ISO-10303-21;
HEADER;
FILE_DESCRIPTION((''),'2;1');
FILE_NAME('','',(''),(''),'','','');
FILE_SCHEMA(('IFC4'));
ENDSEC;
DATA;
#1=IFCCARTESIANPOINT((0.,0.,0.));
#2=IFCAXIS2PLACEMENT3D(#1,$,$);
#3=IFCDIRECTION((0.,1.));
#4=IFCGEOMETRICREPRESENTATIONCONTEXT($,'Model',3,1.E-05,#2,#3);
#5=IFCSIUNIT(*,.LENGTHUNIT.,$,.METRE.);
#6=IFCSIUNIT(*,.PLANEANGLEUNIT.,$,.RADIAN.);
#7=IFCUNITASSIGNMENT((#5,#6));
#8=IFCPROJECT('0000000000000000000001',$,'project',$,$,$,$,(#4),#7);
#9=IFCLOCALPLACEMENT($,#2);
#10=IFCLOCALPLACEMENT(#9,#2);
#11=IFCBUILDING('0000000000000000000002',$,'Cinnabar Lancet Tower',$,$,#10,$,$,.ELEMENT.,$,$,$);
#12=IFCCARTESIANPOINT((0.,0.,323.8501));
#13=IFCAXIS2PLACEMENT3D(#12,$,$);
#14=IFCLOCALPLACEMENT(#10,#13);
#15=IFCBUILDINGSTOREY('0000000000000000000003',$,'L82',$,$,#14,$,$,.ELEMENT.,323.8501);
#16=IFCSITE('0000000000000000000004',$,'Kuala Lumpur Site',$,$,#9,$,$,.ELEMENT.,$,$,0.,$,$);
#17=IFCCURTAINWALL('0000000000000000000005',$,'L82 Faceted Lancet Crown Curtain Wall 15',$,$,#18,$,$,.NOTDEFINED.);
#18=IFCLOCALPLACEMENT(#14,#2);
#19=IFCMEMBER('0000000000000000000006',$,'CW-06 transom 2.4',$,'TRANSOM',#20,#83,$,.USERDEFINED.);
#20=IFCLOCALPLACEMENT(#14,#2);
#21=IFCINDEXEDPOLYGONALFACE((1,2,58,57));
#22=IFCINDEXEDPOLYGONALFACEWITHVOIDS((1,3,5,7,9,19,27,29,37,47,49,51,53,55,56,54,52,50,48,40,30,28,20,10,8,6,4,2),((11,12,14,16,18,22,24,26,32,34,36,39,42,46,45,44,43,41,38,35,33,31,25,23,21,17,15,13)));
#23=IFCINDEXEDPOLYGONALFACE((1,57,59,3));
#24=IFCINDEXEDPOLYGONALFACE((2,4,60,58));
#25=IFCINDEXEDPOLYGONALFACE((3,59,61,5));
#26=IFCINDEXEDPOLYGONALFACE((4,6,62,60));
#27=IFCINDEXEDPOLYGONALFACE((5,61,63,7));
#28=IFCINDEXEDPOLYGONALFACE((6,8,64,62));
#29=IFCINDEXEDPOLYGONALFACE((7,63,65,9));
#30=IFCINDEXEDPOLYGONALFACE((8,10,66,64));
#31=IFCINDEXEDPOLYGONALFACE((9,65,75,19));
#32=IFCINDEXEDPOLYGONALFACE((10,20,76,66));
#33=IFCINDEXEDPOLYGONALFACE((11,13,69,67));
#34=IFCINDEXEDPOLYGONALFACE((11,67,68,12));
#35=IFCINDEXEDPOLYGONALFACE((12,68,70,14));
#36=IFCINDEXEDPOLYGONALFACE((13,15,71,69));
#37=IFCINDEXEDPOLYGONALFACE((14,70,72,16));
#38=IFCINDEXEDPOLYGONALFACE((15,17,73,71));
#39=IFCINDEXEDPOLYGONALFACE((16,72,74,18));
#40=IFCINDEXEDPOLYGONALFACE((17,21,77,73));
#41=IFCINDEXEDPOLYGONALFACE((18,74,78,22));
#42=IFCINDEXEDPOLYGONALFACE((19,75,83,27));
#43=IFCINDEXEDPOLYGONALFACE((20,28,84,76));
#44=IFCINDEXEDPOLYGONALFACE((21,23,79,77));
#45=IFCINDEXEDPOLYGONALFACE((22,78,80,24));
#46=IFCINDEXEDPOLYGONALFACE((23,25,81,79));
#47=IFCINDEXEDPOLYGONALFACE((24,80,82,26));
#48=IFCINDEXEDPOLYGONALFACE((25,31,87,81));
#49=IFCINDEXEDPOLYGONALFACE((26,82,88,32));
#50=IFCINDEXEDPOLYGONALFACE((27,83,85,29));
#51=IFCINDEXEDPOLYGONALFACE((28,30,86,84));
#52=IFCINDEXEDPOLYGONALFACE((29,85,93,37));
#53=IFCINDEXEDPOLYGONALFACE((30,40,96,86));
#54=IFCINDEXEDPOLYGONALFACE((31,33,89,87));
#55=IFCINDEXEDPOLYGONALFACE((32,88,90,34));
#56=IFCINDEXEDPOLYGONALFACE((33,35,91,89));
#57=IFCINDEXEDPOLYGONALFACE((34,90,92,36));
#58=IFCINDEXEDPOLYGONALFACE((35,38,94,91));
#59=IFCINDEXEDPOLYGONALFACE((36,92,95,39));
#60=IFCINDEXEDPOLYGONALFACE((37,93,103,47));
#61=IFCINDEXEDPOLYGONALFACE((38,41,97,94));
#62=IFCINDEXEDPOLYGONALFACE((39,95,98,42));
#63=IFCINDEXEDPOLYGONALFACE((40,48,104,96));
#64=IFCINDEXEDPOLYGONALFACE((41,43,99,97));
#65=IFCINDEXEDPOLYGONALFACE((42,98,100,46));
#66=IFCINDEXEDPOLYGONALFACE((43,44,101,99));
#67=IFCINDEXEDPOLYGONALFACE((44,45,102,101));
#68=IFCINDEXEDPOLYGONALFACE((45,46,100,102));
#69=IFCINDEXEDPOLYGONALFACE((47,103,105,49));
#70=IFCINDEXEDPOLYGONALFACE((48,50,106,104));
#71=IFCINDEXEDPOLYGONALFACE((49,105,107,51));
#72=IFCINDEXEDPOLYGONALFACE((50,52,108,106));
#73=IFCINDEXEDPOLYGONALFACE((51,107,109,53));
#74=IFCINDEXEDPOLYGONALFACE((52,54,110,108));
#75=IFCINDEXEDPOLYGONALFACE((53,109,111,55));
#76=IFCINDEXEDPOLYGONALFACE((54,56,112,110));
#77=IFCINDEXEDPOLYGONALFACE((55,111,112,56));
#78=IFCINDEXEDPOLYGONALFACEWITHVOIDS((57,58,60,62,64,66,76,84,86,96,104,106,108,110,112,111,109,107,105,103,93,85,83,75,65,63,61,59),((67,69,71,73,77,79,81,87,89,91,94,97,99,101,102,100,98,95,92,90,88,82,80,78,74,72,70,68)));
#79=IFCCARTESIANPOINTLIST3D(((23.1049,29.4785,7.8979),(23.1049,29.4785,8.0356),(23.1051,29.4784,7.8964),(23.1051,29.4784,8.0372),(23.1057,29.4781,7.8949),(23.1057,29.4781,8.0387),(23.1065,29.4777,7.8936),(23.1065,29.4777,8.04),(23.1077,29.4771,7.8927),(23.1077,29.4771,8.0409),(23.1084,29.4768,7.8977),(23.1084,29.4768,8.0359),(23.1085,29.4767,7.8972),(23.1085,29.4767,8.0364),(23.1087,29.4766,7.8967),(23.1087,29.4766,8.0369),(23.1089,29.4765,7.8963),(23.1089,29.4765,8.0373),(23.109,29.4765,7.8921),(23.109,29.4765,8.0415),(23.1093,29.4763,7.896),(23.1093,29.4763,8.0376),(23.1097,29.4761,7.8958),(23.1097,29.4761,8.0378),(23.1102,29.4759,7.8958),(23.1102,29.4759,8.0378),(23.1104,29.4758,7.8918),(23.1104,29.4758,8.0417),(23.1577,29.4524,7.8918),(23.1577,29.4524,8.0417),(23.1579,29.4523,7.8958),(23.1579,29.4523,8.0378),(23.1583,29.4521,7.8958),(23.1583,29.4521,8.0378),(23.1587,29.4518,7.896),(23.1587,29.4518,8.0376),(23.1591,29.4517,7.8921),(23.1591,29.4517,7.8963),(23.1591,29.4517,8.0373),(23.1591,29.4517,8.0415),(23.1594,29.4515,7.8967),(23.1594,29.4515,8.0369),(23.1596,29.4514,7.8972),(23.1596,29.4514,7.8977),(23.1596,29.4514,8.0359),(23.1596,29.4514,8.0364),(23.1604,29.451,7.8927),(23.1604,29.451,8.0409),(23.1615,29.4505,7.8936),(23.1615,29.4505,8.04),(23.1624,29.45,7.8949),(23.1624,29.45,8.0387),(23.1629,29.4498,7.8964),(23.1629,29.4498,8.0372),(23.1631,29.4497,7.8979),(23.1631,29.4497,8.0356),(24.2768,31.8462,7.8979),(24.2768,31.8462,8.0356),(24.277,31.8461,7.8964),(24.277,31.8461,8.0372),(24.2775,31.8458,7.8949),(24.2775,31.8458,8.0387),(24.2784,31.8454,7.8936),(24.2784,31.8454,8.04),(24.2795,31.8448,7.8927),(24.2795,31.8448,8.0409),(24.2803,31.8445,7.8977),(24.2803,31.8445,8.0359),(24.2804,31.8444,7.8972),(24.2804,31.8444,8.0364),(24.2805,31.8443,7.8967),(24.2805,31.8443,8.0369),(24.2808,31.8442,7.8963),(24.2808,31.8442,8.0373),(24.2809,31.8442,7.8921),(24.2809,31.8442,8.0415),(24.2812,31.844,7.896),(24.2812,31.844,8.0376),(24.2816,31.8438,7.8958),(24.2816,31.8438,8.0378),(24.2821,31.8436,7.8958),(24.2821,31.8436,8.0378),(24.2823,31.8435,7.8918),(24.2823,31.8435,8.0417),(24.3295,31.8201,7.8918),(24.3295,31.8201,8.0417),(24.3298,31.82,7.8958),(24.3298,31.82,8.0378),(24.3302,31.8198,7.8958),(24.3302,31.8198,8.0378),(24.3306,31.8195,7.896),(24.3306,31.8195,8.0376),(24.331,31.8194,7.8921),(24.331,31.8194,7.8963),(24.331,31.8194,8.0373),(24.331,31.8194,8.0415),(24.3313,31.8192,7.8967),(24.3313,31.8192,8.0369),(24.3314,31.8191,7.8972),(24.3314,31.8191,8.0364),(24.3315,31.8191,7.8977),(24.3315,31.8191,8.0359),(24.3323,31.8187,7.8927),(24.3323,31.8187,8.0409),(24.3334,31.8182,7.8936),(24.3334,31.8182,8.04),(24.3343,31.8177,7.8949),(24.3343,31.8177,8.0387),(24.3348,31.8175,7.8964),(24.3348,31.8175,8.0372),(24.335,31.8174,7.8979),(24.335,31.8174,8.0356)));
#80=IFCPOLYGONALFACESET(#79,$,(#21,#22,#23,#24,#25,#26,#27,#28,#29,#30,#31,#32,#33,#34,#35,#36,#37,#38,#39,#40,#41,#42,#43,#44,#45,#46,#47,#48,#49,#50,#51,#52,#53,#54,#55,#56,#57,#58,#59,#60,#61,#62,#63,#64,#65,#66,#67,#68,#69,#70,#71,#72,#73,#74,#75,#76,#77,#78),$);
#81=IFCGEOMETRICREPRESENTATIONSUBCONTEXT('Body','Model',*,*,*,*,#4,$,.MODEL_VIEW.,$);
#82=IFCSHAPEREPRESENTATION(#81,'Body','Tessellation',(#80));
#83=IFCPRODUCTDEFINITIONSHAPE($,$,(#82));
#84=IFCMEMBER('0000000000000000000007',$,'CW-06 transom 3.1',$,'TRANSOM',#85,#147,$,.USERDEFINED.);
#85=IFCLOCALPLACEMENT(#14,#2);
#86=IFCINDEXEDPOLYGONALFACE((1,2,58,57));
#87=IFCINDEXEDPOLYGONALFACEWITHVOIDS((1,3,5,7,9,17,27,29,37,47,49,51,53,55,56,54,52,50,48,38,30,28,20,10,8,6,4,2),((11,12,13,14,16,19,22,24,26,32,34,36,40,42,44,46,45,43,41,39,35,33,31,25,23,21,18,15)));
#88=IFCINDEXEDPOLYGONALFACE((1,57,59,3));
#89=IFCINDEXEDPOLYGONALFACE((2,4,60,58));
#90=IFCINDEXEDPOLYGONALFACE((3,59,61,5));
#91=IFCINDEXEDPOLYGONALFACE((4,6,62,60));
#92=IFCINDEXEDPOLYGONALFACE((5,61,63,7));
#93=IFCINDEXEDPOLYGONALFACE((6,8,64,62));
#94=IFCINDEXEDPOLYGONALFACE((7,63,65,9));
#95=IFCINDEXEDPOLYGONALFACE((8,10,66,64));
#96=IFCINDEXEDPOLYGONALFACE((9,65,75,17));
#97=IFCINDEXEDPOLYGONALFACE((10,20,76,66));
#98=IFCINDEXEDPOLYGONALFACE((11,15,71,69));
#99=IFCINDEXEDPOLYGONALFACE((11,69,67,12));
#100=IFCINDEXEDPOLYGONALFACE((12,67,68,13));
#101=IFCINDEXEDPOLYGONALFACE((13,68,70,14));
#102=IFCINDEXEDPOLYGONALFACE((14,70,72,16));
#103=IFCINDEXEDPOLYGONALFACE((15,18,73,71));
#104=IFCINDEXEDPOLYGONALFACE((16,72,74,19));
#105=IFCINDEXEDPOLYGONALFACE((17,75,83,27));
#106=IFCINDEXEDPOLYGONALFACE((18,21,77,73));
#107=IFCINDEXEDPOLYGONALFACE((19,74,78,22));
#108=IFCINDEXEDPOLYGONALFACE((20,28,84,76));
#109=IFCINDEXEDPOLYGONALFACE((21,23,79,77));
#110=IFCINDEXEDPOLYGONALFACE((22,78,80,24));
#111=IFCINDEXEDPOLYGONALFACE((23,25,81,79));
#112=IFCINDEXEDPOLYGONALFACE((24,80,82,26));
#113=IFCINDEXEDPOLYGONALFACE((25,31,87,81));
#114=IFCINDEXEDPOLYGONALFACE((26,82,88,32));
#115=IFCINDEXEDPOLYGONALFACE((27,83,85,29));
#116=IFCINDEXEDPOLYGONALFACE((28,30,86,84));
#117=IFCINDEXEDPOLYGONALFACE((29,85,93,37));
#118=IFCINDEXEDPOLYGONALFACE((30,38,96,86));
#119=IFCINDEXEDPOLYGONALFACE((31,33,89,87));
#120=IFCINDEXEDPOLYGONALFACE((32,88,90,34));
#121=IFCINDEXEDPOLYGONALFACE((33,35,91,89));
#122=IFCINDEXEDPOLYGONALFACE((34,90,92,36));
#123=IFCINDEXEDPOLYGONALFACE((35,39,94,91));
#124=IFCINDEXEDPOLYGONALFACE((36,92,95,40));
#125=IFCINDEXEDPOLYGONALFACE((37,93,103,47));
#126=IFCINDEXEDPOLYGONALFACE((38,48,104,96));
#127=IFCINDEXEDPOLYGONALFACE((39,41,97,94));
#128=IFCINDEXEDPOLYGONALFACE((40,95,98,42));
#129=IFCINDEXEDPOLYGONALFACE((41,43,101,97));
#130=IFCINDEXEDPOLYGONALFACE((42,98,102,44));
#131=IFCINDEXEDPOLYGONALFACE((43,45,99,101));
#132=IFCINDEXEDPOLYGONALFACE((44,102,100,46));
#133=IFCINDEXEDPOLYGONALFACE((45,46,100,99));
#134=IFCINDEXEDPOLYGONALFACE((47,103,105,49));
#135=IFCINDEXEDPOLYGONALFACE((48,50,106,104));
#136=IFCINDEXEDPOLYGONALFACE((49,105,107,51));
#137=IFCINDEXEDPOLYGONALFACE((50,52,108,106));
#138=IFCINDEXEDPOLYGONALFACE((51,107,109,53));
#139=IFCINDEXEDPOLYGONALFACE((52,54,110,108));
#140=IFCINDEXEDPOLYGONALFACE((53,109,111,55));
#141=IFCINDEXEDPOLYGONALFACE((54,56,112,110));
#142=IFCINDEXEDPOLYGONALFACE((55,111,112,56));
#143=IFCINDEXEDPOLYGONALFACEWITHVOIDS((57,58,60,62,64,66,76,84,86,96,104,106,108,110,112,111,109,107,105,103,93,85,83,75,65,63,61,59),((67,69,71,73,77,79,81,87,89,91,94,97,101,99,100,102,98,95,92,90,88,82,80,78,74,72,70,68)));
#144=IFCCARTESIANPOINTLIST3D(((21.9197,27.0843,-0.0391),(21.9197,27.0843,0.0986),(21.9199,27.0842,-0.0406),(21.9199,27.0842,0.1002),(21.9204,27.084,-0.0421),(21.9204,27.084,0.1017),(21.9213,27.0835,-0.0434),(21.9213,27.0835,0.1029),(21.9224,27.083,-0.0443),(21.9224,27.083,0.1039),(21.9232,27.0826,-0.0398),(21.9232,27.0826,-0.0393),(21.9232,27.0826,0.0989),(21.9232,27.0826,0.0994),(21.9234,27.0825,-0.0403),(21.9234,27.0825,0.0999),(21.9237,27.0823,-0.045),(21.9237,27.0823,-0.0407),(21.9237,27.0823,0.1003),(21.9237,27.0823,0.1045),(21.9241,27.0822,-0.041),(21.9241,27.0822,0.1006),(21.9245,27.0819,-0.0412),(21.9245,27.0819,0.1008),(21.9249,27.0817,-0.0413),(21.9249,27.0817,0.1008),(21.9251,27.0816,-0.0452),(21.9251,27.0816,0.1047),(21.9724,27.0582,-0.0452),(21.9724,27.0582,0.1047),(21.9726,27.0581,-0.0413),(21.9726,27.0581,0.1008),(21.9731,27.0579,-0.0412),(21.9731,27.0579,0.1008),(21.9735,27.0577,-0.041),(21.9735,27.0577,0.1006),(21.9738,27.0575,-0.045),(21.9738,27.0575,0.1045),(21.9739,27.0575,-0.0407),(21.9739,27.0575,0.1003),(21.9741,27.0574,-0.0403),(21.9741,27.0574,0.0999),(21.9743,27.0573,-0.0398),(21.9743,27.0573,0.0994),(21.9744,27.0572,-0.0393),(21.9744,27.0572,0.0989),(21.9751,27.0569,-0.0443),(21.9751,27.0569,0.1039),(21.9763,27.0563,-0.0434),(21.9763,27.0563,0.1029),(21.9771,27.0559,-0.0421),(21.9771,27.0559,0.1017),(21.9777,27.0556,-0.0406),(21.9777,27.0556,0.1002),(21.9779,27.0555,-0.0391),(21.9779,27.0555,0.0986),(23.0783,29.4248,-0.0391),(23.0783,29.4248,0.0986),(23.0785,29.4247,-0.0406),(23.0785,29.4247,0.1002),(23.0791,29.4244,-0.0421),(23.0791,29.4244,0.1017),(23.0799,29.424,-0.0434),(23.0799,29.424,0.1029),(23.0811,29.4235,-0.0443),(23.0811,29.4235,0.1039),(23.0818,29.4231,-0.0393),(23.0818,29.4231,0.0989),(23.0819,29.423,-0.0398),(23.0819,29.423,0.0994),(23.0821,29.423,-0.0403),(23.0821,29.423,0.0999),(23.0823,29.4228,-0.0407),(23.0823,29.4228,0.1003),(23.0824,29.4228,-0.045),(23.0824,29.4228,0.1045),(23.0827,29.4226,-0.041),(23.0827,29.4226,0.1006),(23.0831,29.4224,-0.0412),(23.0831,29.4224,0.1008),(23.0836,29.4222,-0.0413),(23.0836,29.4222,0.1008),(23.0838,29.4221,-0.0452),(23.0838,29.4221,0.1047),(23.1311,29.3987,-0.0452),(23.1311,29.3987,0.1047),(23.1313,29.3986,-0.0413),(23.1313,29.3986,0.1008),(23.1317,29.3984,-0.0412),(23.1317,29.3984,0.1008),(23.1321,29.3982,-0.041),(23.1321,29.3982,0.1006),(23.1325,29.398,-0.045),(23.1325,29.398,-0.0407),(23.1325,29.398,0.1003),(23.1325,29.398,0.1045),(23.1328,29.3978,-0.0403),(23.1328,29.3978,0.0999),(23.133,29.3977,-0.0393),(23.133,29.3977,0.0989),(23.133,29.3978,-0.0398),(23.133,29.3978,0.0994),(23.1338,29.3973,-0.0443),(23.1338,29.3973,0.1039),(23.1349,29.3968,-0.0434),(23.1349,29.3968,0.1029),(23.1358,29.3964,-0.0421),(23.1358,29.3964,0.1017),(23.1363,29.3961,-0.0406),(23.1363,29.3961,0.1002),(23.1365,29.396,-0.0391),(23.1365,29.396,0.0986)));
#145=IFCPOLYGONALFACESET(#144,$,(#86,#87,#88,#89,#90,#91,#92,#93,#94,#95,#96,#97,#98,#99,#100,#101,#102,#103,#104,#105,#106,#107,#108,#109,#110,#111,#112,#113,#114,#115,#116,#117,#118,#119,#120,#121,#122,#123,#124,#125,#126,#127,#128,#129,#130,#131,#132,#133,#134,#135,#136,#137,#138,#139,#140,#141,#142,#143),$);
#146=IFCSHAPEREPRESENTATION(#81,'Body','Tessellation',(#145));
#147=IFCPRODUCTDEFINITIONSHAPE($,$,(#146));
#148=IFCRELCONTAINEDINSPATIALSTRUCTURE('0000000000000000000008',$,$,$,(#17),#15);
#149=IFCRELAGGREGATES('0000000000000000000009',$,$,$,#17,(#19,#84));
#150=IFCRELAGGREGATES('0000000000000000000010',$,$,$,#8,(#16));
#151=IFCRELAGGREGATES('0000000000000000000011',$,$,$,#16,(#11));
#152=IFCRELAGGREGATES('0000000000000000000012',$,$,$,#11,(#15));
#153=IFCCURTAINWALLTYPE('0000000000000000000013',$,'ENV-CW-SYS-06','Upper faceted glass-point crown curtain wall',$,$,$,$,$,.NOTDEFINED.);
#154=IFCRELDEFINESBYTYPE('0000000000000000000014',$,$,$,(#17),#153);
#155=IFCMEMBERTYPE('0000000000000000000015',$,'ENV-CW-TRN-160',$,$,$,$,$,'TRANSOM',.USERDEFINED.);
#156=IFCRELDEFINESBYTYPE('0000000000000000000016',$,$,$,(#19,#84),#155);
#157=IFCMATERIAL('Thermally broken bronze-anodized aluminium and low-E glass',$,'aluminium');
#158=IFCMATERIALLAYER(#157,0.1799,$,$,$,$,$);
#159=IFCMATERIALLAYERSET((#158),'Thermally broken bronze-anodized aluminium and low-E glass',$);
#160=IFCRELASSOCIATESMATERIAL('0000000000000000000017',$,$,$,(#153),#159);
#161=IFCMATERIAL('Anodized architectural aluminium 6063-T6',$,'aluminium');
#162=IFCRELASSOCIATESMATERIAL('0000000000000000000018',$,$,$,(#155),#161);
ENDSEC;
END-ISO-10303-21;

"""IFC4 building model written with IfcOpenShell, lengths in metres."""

from ifc_helpers import new_model, si_unit, direction, frame, origin, origin_2d, place, context, subcontext, project, spatial, hollow_rectangle, extrude, material, layer, layer_set, material_profile, profile_set, type_object, element, aggregate, save


model = new_model("IFC4")

# Units and contexts
model_context = context("Model", 3, precision=1e-05, world=origin(), true_north=direction((0.0, 1.0)))
body_context = subcontext(model_context, "Body", "Model", "MODEL_VIEW")
ifc_project = project(units=[si_unit("LENGTHUNIT", "METRE"), si_unit("PLANEANGLEUNIT", "RADIAN")], contexts=[model_context])

# Site, building, storey
site_placement = place(None, origin())
site = spatial("IfcSite", under=ifc_project, at=site_placement, Name="Kuala Lumpur Site", CompositionType="ELEMENT", RefElevation=0.0)
building_placement = place(site_placement, origin())
building = spatial("IfcBuilding", under=site, at=building_placement, Name="Cinnabar Lancet Tower", CompositionType="ELEMENT")
storey_placement = place(building_placement, frame((0.0, 0.0, 323.8501)))
storey = spatial("IfcBuildingStorey", under=building, at=storey_placement, Name="L82", CompositionType="ELEMENT", Elevation=323.8501)

# Curtain wall, members
ifc_material_1 = material(Name="Thermally broken bronze-anodized aluminium and low-E glass", Category="aluminium")
ifc_layer_1 = layer(ifc_material_1, 0.1799)
ifc_layer_set_1 = layer_set([ifc_layer_1], Name="Thermally broken bronze-anodized aluminium and low-E glass")
curtain_wall_type = type_object("IfcCurtainWallType", Name="ENV-CW-SYS-06", Description="Upper faceted glass-point crown curtain wall", PredefinedType="NOTDEFINED", material=ifc_layer_set_1)
curtain_wall_placement = place(storey_placement, origin())
curtain_wall = element("IfcCurtainWall", 1, at=curtain_wall_placement, inside=storey, type_object=curtain_wall_type, Name="L82 Faceted Lancet Crown Curtain Wall 15", PredefinedType="NOTDEFINED")
ifc_material_2 = material(Name="Anodized architectural aluminium 6063-T6", Category="aluminium")
ifc_material_profile_1 = material_profile(ifc_material_2, hollow_rectangle(XDim=0.0649, YDim=0.1499, WallThickness=0.0039, InnerFilletRadius=0.002, OuterFilletRadius=0.0061, at=origin_2d()), Name="CW-TRN 150x65x4")
ifc_profile_set_1 = profile_set([ifc_material_profile_1], Name="Anodized architectural aluminium 6063-T6")
member_type_1 = type_object("IfcMemberType", Name="ENV-CW-TRN-160", ElementType="TRANSOM", PredefinedType="USERDEFINED", material=ifc_profile_set_1)
member_1_placement = place(storey_placement, frame((24.3059, 31.8318, 7.9668), z_axis=(-0.443587, -0.896231, 0.0), x_axis=(0.896231, -0.443587, 0.0)))
member_1 = element("IfcMember", 2, at=member_1_placement, type_object=member_type_1, Name="CW-06 transom 2.4", ObjectType="TRANSOM", PredefinedType="USERDEFINED", context=body_context, shape_type="SweptSolid", body=[
    extrude(hollow_rectangle(XDim=0.0649, YDim=0.1499, WallThickness=0.0039, InnerFilletRadius=0.002, OuterFilletRadius=0.0061, at=origin_2d()), origin(), (0.0, 0.0, 1.0), 2.6418),
])
member_2_placement = place(storey_placement, frame((23.1074, 29.4104, 0.0298), z_axis=(-0.443658, -0.896196, 0.0), x_axis=(0.896196, -0.443658, 0.0)))
member_2 = element("IfcMember", 3, at=member_2_placement, type_object=member_type_1, Name="CW-06 transom 3.1", ObjectType="TRANSOM", PredefinedType="USERDEFINED", context=body_context, shape_type="SweptSolid", body=[
    extrude(hollow_rectangle(XDim=0.0649, YDim=0.1499, WallThickness=0.0039, InnerFilletRadius=0.002, OuterFilletRadius=0.0061, at=origin_2d()), origin(), (0.0, 0.0, 1.0), 2.6116),
])

aggregate(curtain_wall, [member_1, member_2])

save(model, "model.ifc")
